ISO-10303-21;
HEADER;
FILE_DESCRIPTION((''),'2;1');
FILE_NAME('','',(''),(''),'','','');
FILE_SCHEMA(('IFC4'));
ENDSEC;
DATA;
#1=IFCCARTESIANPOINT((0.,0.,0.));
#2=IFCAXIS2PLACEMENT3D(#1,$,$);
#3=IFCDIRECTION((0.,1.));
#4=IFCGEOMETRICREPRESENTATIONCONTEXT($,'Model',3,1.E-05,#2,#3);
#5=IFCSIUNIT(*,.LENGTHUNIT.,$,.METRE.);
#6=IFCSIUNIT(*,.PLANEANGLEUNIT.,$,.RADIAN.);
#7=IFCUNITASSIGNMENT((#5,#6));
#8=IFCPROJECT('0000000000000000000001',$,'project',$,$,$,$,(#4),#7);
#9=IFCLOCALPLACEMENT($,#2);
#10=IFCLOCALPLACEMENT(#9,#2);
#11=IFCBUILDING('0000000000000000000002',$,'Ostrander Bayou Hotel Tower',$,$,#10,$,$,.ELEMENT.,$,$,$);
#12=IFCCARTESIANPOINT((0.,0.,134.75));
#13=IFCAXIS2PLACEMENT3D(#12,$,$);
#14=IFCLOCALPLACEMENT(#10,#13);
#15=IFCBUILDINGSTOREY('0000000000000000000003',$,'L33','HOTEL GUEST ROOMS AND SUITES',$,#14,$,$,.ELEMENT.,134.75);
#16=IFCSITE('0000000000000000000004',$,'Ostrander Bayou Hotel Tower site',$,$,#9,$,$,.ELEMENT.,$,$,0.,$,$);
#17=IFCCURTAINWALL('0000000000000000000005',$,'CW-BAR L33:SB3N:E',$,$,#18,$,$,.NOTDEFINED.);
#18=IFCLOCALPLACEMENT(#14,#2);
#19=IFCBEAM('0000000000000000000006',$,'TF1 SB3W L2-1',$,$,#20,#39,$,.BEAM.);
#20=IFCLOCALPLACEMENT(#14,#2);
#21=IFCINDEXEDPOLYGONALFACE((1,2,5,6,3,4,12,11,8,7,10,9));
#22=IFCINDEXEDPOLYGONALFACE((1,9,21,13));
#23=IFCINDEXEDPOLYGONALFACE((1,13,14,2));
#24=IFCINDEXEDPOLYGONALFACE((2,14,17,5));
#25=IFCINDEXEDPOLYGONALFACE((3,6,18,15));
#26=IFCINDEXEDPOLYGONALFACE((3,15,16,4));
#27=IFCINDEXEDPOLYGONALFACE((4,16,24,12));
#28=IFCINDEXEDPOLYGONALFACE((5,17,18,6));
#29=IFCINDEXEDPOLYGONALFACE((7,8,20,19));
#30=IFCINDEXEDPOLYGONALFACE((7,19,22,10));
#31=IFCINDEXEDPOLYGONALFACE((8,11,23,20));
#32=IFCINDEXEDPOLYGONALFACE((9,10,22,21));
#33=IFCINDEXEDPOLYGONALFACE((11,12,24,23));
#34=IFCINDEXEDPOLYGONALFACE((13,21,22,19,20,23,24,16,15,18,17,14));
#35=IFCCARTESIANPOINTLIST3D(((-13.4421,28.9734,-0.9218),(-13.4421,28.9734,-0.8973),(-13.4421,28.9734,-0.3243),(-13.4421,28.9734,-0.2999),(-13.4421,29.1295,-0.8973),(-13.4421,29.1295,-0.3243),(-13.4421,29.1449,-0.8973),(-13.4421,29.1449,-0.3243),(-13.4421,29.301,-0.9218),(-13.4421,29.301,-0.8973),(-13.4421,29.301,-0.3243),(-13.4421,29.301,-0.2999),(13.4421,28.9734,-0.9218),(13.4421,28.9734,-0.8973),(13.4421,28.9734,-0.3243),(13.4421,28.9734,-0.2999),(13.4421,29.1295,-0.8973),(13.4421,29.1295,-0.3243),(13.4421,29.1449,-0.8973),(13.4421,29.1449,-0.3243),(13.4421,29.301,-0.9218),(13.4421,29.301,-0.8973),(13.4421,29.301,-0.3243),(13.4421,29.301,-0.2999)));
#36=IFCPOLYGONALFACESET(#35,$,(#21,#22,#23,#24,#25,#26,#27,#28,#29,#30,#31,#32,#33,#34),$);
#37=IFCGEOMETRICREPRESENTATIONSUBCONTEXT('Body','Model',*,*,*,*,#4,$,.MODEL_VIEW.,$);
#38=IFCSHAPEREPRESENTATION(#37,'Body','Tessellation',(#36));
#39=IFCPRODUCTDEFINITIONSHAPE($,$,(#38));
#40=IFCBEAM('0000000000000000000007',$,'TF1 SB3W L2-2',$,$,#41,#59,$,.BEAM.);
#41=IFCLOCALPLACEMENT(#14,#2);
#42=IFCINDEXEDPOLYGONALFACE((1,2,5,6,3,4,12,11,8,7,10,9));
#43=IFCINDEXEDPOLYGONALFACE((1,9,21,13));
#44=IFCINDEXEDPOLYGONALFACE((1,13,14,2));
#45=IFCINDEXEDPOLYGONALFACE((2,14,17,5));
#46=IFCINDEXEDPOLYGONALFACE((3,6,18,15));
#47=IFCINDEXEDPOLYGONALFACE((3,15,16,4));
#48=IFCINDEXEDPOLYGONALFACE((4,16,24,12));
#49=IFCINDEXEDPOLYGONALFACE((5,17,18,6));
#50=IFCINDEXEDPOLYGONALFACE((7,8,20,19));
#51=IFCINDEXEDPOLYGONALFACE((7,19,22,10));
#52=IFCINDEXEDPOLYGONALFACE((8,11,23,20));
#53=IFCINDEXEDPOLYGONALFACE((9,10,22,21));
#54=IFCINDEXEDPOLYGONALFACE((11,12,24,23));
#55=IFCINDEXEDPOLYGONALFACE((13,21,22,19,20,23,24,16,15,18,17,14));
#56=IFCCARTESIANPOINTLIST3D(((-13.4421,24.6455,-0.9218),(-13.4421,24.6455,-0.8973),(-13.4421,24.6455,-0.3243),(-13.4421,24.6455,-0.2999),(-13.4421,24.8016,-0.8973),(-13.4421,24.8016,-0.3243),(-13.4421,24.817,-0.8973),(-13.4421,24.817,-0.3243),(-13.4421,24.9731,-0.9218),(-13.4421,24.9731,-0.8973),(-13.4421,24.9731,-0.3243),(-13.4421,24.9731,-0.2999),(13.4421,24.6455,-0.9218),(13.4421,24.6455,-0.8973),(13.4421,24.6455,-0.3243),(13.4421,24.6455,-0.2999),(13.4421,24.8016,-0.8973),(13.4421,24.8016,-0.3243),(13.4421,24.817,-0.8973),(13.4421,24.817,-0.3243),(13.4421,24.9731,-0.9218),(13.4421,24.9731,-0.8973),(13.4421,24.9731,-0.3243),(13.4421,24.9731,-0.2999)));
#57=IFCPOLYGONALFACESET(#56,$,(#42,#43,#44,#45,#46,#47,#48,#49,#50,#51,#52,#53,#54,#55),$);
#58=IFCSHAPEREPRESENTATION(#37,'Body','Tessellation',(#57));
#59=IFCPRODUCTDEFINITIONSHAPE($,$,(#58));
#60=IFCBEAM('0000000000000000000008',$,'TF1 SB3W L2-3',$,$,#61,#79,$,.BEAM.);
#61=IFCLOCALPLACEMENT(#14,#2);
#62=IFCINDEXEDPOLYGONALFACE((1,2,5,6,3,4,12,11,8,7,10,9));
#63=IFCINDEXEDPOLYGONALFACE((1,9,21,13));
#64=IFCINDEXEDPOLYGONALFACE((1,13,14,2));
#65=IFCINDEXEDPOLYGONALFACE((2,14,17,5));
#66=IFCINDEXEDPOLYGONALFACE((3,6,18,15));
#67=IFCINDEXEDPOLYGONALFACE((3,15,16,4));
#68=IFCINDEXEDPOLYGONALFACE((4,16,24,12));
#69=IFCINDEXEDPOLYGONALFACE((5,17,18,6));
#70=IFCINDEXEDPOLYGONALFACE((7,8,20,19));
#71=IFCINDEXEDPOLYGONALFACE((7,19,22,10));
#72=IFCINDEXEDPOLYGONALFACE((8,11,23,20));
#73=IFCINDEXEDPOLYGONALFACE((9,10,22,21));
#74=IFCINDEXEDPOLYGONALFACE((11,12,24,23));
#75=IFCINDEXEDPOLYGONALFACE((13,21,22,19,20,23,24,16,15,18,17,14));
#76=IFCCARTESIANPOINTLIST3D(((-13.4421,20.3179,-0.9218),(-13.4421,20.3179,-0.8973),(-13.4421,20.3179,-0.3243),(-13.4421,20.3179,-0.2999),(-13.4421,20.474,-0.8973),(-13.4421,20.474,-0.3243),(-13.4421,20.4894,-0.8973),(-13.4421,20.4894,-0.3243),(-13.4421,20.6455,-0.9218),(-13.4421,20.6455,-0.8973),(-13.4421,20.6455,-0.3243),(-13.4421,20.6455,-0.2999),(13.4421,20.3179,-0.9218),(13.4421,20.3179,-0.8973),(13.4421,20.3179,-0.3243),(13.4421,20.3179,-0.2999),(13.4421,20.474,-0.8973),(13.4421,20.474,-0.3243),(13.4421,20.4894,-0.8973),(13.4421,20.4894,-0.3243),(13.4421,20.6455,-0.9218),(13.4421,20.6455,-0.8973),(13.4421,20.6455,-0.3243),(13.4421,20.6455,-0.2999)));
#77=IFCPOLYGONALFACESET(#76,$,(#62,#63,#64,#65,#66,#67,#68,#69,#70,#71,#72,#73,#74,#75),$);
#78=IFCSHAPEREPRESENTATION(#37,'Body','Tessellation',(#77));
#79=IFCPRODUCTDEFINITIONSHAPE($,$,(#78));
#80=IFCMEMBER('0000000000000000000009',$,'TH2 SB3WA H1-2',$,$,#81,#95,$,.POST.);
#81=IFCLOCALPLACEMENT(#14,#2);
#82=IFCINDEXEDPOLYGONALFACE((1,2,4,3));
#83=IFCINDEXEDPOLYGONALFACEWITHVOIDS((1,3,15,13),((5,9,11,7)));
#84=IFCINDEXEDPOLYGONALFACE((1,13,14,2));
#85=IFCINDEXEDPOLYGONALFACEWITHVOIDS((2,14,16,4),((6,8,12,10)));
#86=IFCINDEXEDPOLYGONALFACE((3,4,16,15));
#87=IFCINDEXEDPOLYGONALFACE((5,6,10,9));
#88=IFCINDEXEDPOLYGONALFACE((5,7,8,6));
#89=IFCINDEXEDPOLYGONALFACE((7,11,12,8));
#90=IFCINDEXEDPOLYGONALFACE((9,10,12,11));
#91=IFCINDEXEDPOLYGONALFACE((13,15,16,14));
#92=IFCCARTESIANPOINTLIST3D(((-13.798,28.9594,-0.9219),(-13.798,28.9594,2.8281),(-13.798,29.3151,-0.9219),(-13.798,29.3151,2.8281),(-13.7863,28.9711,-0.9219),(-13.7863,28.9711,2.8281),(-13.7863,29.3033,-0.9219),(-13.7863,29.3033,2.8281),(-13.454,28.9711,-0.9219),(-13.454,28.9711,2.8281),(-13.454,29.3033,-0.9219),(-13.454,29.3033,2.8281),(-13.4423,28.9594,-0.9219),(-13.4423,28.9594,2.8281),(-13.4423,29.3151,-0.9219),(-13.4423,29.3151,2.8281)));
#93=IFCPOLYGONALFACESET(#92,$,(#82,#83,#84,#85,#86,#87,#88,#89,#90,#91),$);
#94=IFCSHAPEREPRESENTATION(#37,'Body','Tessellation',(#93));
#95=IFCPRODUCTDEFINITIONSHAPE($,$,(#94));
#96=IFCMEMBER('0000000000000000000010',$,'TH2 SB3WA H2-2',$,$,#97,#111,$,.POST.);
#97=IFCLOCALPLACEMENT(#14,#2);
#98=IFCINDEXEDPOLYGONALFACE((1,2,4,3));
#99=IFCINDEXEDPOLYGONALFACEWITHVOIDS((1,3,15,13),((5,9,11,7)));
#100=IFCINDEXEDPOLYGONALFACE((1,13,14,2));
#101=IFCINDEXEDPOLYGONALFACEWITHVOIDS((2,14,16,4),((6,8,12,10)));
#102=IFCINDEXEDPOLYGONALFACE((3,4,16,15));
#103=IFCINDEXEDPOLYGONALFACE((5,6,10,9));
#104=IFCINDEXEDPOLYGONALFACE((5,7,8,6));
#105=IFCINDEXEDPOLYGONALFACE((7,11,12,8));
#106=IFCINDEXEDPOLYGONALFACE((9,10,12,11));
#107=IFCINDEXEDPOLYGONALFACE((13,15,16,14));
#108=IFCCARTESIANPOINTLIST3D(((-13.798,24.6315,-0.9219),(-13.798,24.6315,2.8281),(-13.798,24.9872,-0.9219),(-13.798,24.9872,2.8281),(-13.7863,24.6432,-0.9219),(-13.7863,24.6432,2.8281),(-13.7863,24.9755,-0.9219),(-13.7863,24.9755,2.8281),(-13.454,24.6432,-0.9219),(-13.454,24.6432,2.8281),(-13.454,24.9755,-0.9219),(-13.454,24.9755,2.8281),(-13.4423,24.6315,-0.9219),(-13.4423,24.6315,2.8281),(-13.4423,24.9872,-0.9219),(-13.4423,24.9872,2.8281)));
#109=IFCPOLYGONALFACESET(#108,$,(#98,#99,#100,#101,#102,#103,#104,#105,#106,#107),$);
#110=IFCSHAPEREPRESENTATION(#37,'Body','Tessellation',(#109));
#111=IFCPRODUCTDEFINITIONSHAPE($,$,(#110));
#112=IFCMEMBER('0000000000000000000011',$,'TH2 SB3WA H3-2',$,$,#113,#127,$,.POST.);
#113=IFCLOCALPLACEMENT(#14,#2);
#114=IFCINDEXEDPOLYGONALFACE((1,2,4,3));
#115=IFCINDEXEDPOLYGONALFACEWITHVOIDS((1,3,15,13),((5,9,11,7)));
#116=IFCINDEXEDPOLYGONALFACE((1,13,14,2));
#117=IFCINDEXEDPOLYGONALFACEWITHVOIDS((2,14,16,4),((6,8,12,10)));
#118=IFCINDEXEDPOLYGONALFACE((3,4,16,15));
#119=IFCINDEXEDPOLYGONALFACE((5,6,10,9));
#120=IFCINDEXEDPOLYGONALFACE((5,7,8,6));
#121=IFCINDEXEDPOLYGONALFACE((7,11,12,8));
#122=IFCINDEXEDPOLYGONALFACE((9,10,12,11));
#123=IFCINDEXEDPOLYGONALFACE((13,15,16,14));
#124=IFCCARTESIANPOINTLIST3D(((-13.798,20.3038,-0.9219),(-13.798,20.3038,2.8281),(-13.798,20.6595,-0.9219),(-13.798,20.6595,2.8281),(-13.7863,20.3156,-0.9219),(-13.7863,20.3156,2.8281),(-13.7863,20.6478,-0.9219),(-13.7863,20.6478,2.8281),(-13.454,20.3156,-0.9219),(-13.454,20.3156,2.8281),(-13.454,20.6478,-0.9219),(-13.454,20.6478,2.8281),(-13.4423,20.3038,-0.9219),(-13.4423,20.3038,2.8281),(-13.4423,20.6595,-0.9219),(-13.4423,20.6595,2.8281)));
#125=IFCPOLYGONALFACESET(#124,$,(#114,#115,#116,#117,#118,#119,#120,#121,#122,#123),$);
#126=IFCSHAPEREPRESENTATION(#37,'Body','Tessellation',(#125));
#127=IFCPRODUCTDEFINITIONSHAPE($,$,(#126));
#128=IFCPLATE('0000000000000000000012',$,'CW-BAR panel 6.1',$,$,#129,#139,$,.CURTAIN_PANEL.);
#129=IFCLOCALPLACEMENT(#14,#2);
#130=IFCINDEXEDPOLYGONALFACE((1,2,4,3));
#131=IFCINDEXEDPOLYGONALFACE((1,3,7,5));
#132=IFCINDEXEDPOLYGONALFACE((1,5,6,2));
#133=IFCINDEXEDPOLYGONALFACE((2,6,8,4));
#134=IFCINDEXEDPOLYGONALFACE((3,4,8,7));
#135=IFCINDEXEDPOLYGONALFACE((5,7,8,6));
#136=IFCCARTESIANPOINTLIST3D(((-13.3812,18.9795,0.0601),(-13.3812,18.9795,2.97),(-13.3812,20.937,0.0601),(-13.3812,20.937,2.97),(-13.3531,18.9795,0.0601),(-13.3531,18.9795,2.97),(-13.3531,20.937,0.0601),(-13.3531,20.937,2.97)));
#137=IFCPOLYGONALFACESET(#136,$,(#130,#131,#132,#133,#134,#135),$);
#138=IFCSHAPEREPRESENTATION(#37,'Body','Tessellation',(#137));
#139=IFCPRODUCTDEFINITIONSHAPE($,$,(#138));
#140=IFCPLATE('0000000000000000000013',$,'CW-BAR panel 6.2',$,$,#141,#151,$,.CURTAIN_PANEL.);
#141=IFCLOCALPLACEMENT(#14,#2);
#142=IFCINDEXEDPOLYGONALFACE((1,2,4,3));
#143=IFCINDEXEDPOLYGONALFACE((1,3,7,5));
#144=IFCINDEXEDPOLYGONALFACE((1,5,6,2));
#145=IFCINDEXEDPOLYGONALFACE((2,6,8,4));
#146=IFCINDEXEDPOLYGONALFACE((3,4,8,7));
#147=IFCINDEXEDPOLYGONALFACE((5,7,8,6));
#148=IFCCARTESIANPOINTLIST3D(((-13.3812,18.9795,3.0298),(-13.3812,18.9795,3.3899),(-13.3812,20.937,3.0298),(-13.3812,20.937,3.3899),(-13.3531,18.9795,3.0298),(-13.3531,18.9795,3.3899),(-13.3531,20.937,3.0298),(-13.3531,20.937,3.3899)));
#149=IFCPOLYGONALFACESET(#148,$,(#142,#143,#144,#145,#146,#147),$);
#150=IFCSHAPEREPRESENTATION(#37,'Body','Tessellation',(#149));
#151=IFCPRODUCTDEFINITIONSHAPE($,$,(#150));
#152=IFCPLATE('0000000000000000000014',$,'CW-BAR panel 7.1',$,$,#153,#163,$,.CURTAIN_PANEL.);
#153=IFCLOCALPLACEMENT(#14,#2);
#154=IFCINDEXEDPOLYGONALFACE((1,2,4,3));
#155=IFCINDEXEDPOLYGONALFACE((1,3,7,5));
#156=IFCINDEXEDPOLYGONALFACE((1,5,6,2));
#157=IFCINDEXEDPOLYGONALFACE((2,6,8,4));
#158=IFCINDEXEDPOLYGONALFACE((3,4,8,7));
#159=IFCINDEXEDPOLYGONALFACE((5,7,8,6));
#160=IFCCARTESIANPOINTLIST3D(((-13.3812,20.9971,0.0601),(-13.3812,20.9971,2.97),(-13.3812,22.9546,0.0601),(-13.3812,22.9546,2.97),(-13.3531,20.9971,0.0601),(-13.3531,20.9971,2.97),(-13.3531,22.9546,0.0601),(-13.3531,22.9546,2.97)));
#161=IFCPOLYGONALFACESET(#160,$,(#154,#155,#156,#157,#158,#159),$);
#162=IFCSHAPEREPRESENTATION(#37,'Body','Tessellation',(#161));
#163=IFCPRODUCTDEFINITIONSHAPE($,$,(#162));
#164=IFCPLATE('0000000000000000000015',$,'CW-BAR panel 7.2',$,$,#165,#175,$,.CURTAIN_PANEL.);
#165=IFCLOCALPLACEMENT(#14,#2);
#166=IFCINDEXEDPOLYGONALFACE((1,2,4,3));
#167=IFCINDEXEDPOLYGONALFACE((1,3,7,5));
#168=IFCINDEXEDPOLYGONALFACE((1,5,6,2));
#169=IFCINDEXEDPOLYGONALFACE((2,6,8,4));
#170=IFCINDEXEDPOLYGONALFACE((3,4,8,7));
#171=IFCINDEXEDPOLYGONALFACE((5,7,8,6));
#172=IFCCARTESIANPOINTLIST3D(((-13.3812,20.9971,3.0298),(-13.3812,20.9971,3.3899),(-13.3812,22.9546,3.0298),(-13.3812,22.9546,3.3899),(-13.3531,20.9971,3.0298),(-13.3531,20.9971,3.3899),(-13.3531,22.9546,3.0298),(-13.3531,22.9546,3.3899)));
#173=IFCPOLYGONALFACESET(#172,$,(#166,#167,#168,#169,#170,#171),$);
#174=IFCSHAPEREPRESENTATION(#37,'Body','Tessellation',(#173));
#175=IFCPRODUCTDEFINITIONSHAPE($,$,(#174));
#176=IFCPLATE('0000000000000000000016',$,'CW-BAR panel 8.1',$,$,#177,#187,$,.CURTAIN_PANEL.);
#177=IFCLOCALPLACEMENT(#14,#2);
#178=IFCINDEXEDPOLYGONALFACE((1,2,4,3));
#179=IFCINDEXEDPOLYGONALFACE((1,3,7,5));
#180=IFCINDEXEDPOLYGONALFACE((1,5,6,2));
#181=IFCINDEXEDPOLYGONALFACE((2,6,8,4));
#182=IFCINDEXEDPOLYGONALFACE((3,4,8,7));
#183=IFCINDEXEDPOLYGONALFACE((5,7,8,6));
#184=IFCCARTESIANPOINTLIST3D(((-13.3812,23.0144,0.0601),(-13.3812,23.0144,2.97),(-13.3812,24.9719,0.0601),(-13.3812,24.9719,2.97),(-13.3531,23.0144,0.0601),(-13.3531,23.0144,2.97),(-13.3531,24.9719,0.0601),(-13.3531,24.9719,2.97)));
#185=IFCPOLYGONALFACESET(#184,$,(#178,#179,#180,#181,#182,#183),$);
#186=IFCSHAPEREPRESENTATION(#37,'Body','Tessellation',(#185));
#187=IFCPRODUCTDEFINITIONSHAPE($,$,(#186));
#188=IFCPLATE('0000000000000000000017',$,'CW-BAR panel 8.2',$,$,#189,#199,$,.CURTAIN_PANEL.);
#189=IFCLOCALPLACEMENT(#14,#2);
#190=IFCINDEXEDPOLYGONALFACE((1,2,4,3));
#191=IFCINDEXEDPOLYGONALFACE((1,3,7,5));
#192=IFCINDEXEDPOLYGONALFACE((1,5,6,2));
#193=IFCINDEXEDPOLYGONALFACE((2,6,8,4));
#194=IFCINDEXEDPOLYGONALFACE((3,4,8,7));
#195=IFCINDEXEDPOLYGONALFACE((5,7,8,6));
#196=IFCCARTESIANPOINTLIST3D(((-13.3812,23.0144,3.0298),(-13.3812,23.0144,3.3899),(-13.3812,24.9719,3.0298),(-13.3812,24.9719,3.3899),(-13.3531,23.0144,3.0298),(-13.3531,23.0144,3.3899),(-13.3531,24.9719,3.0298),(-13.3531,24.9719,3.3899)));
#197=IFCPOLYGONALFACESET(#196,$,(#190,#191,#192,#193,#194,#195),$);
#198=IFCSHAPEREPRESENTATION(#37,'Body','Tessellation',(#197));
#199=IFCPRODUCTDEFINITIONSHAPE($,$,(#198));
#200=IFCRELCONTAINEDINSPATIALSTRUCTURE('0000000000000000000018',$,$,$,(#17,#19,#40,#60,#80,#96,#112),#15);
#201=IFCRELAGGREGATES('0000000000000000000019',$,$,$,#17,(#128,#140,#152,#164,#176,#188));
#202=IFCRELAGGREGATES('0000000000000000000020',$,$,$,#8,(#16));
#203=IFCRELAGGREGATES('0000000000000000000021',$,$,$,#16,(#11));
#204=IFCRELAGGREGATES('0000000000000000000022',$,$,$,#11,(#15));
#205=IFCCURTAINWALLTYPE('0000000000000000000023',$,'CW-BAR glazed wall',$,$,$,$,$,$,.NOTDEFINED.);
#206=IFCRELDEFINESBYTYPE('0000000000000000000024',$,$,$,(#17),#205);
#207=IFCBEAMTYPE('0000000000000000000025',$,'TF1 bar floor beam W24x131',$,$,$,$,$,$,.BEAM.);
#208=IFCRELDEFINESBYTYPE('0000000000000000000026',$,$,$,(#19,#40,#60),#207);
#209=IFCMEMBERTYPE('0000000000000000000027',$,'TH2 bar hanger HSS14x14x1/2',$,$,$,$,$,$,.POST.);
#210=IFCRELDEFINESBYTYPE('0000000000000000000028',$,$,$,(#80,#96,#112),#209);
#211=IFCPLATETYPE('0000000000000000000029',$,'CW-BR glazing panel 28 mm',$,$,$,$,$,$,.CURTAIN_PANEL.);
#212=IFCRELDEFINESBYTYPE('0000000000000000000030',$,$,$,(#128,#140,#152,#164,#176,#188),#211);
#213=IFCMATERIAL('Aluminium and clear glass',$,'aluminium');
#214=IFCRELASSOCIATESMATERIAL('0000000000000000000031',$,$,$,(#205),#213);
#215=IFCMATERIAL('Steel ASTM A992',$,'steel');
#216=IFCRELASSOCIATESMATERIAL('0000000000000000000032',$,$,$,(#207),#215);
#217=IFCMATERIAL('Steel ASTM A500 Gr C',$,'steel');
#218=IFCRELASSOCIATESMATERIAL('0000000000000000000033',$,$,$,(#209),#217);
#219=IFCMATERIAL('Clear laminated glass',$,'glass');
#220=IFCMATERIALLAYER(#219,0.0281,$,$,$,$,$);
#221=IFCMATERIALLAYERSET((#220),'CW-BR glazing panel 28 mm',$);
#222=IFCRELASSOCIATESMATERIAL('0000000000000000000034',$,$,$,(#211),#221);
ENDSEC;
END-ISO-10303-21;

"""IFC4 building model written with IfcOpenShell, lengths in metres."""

from ifc_helpers import new_model, si_unit, direction, frame, origin, origin_2d, place, context, subcontext, project, spatial, rectangle, hollow_rectangle, i_section, extrude, material, layer, layer_set, material_profile, profile_set, type_object, element, aggregate, save


model = new_model("IFC4")

# Units and contexts
model_context = context("Model", 3, precision=1e-05, world=origin(), true_north=direction((0.0, 1.0)))
body_context = subcontext(model_context, "Body", "Model", "MODEL_VIEW")
ifc_project = project(units=[si_unit("LENGTHUNIT", "METRE"), si_unit("PLANEANGLEUNIT", "RADIAN")], contexts=[model_context])

# Site, building, storey
site_placement = place(None, origin())
site = spatial("IfcSite", under=ifc_project, at=site_placement, Name="Ostrander Bayou Hotel Tower site", CompositionType="ELEMENT", RefElevation=0.0)
building_placement = place(site_placement, origin())
building = spatial("IfcBuilding", under=site, at=building_placement, Name="Ostrander Bayou Hotel Tower", CompositionType="ELEMENT")
storey_placement = place(building_placement, frame((0.0, 0.0, 134.75)))
storey = spatial("IfcBuildingStorey", under=building, at=storey_placement, Name="L33", Description="HOTEL GUEST ROOMS AND SUITES", CompositionType="ELEMENT", Elevation=134.75)

# Curtain wall
ifc_material_1 = material(Name="Aluminium and clear glass", Category="aluminium")
curtain_wall_type = type_object("IfcCurtainWallType", Name="CW-BAR glazed wall", PredefinedType="NOTDEFINED", material=ifc_material_1)
curtain_wall_1_placement = place(storey_placement, origin())
curtain_wall_1 = element("IfcCurtainWall", 1, at=curtain_wall_1_placement, inside=storey, type_object=curtain_wall_type, Name="CW-BAR L33:SB3N:E", PredefinedType="NOTDEFINED")

# Beams
ifc_material_2 = material(Name="Steel ASTM A992", Category="steel")
ifc_material_profile_1 = material_profile(ifc_material_2, i_section(OverallWidth=0.3276, OverallDepth=0.6218, WebThickness=0.0154, FlangeThickness=0.0244, at=origin_2d()))
ifc_profile_set_1 = profile_set([ifc_material_profile_1], Name="Steel ASTM A992")
beam_type = type_object("IfcBeamType", Name="TF1 bar floor beam W24x131", PredefinedType="BEAM", material=ifc_profile_set_1)
for number, where, z_axis, x_axis, name in (
    (2, (-13.4421, 29.1372, -0.6108), (1.0, 0.0, 0.0), (0.0, 1.0, 0.0), "TF1 SB3W L2-1"),
    (3, (-13.4421, 24.8093, -0.6108), (1.0, 0.0, 0.0), (0.0, 1.0, 0.0), "TF1 SB3W L2-2"),
    (4, (-13.4421, 20.4817, -0.6108), (1.0, 0.0, 0.0), (0.0, 1.0, 0.0), "TF1 SB3W L2-3"),
):
    element("IfcBeam", number, at=place(storey_placement, frame(where, z_axis=z_axis, x_axis=x_axis)), inside=storey, type_object=beam_type, Name=name, PredefinedType="BEAM", context=body_context, shape_type="SweptSolid", body=[
        extrude(i_section(OverallWidth=0.3276, OverallDepth=0.6218, WebThickness=0.0154, FlangeThickness=0.0244, at=origin_2d()), origin(), (0.0, 0.0, 1.0), 26.8843),
    ])

# Members
ifc_material_3 = material(Name="Steel ASTM A500 Gr C", Category="steel")
ifc_material_profile_2 = material_profile(ifc_material_3, hollow_rectangle(XDim=0.3557, YDim=0.3557, WallThickness=0.0117, at=origin_2d()))
ifc_profile_set_2 = profile_set([ifc_material_profile_2], Name="Steel ASTM A500 Gr C")
member_type_1 = type_object("IfcMemberType", Name="TH2 bar hanger HSS14x14x1/2", PredefinedType="POST", material=ifc_profile_set_2)
for number, where, z_axis, x_axis, name in (
    (5, (-13.6201, 29.1372, -0.9219), (0.0, 0.0, 1.0), (1.0, 0.0, 0.0), "TH2 SB3WA H1-2"),
    (6, (-13.6201, 24.8093, -0.9219), (0.0, 0.0, 1.0), (1.0, 0.0, 0.0), "TH2 SB3WA H2-2"),
    (7, (-13.6201, 20.4817, -0.9219), (0.0, 0.0, 1.0), (1.0, 0.0, 0.0), "TH2 SB3WA H3-2"),
):
    element("IfcMember", number, at=place(storey_placement, frame(where, z_axis=z_axis, x_axis=x_axis)), inside=storey, type_object=member_type_1, Name=name, PredefinedType="POST", context=body_context, shape_type="SweptSolid", body=[
        extrude(hollow_rectangle(XDim=0.3557, YDim=0.3557, WallThickness=0.0117, at=origin_2d()), origin(), (0.0, 0.0, 1.0), 3.75),
    ])

# Plates
ifc_material_4 = material(Name="Clear laminated glass", Category="glass")
ifc_layer_1 = layer(ifc_material_4, 0.0281)
ifc_layer_set_1 = layer_set([ifc_layer_1], Name="CW-BR glazing panel 28 mm")
plate_type = type_object("IfcPlateType", Name="CW-BR glazing panel 28 mm", PredefinedType="CURTAIN_PANEL", material=ifc_layer_set_1)
plate_1_placement = place(storey_placement, frame((-13.3672, 19.9583, 0.0601), z_axis=(0.0, 0.0, 1.0), x_axis=(0.0, 1.0, 0.0)))
plate_1 = element("IfcPlate", 8, at=plate_1_placement, type_object=plate_type, Name="CW-BAR panel 6.1", PredefinedType="CURTAIN_PANEL", context=body_context, shape_type="SweptSolid", body=[
    extrude(rectangle(XDim=1.9575, YDim=0.0281, at=origin_2d()), origin(), (0.0, 0.0, 1.0), 2.9099),
])
plate_2_placement = place(storey_placement, frame((-13.3672, 19.9583, 3.0298), z_axis=(0.0, 0.0, 1.0), x_axis=(0.0, 1.0, 0.0)))
plate_2 = element("IfcPlate", 9, at=plate_2_placement, type_object=plate_type, Name="CW-BAR panel 6.2", PredefinedType="CURTAIN_PANEL", context=body_context, shape_type="SweptSolid", body=[
    extrude(rectangle(XDim=1.9575, YDim=0.0281, at=origin_2d()), origin(), (0.0, 0.0, 1.0), 0.3601),
])
plate_3_placement = place(storey_placement, frame((-13.3672, 21.9758, 0.0601), z_axis=(0.0, 0.0, 1.0), x_axis=(0.0, 1.0, 0.0)))
plate_3 = element("IfcPlate", 10, at=plate_3_placement, type_object=plate_type, Name="CW-BAR panel 7.1", PredefinedType="CURTAIN_PANEL", context=body_context, shape_type="SweptSolid", body=[
    extrude(rectangle(XDim=1.9575, YDim=0.0281, at=origin_2d()), origin(), (0.0, 0.0, 1.0), 2.9099),
])
plate_4_placement = place(storey_placement, frame((-13.3672, 21.9758, 3.0298), z_axis=(0.0, 0.0, 1.0), x_axis=(0.0, 1.0, 0.0)))
plate_4 = element("IfcPlate", 11, at=plate_4_placement, type_object=plate_type, Name="CW-BAR panel 7.2", PredefinedType="CURTAIN_PANEL", context=body_context, shape_type="SweptSolid", body=[
    extrude(rectangle(XDim=1.9575, YDim=0.0281, at=origin_2d()), origin(), (0.0, 0.0, 1.0), 0.3601),
])
plate_5_placement = place(storey_placement, frame((-13.3672, 23.9932, 0.0601), z_axis=(0.0, 0.0, 1.0), x_axis=(0.0, 1.0, 0.0)))
plate_5 = element("IfcPlate", 12, at=plate_5_placement, type_object=plate_type, Name="CW-BAR panel 8.1", PredefinedType="CURTAIN_PANEL", context=body_context, shape_type="SweptSolid", body=[
    extrude(rectangle(XDim=1.9575, YDim=0.0281, at=origin_2d()), origin(), (0.0, 0.0, 1.0), 2.9099),
])
plate_6_placement = place(storey_placement, frame((-13.3672, 23.9932, 3.0298), z_axis=(0.0, 0.0, 1.0), x_axis=(0.0, 1.0, 0.0)))
plate_6 = element("IfcPlate", 13, at=plate_6_placement, type_object=plate_type, Name="CW-BAR panel 8.2", PredefinedType="CURTAIN_PANEL", context=body_context, shape_type="SweptSolid", body=[
    extrude(rectangle(XDim=1.9575, YDim=0.0281, at=origin_2d()), origin(), (0.0, 0.0, 1.0), 0.3601),
])
aggregate(curtain_wall_1, [plate_1, plate_2, plate_3, plate_4, plate_5, plate_6])

save(model, "model.ifc")
